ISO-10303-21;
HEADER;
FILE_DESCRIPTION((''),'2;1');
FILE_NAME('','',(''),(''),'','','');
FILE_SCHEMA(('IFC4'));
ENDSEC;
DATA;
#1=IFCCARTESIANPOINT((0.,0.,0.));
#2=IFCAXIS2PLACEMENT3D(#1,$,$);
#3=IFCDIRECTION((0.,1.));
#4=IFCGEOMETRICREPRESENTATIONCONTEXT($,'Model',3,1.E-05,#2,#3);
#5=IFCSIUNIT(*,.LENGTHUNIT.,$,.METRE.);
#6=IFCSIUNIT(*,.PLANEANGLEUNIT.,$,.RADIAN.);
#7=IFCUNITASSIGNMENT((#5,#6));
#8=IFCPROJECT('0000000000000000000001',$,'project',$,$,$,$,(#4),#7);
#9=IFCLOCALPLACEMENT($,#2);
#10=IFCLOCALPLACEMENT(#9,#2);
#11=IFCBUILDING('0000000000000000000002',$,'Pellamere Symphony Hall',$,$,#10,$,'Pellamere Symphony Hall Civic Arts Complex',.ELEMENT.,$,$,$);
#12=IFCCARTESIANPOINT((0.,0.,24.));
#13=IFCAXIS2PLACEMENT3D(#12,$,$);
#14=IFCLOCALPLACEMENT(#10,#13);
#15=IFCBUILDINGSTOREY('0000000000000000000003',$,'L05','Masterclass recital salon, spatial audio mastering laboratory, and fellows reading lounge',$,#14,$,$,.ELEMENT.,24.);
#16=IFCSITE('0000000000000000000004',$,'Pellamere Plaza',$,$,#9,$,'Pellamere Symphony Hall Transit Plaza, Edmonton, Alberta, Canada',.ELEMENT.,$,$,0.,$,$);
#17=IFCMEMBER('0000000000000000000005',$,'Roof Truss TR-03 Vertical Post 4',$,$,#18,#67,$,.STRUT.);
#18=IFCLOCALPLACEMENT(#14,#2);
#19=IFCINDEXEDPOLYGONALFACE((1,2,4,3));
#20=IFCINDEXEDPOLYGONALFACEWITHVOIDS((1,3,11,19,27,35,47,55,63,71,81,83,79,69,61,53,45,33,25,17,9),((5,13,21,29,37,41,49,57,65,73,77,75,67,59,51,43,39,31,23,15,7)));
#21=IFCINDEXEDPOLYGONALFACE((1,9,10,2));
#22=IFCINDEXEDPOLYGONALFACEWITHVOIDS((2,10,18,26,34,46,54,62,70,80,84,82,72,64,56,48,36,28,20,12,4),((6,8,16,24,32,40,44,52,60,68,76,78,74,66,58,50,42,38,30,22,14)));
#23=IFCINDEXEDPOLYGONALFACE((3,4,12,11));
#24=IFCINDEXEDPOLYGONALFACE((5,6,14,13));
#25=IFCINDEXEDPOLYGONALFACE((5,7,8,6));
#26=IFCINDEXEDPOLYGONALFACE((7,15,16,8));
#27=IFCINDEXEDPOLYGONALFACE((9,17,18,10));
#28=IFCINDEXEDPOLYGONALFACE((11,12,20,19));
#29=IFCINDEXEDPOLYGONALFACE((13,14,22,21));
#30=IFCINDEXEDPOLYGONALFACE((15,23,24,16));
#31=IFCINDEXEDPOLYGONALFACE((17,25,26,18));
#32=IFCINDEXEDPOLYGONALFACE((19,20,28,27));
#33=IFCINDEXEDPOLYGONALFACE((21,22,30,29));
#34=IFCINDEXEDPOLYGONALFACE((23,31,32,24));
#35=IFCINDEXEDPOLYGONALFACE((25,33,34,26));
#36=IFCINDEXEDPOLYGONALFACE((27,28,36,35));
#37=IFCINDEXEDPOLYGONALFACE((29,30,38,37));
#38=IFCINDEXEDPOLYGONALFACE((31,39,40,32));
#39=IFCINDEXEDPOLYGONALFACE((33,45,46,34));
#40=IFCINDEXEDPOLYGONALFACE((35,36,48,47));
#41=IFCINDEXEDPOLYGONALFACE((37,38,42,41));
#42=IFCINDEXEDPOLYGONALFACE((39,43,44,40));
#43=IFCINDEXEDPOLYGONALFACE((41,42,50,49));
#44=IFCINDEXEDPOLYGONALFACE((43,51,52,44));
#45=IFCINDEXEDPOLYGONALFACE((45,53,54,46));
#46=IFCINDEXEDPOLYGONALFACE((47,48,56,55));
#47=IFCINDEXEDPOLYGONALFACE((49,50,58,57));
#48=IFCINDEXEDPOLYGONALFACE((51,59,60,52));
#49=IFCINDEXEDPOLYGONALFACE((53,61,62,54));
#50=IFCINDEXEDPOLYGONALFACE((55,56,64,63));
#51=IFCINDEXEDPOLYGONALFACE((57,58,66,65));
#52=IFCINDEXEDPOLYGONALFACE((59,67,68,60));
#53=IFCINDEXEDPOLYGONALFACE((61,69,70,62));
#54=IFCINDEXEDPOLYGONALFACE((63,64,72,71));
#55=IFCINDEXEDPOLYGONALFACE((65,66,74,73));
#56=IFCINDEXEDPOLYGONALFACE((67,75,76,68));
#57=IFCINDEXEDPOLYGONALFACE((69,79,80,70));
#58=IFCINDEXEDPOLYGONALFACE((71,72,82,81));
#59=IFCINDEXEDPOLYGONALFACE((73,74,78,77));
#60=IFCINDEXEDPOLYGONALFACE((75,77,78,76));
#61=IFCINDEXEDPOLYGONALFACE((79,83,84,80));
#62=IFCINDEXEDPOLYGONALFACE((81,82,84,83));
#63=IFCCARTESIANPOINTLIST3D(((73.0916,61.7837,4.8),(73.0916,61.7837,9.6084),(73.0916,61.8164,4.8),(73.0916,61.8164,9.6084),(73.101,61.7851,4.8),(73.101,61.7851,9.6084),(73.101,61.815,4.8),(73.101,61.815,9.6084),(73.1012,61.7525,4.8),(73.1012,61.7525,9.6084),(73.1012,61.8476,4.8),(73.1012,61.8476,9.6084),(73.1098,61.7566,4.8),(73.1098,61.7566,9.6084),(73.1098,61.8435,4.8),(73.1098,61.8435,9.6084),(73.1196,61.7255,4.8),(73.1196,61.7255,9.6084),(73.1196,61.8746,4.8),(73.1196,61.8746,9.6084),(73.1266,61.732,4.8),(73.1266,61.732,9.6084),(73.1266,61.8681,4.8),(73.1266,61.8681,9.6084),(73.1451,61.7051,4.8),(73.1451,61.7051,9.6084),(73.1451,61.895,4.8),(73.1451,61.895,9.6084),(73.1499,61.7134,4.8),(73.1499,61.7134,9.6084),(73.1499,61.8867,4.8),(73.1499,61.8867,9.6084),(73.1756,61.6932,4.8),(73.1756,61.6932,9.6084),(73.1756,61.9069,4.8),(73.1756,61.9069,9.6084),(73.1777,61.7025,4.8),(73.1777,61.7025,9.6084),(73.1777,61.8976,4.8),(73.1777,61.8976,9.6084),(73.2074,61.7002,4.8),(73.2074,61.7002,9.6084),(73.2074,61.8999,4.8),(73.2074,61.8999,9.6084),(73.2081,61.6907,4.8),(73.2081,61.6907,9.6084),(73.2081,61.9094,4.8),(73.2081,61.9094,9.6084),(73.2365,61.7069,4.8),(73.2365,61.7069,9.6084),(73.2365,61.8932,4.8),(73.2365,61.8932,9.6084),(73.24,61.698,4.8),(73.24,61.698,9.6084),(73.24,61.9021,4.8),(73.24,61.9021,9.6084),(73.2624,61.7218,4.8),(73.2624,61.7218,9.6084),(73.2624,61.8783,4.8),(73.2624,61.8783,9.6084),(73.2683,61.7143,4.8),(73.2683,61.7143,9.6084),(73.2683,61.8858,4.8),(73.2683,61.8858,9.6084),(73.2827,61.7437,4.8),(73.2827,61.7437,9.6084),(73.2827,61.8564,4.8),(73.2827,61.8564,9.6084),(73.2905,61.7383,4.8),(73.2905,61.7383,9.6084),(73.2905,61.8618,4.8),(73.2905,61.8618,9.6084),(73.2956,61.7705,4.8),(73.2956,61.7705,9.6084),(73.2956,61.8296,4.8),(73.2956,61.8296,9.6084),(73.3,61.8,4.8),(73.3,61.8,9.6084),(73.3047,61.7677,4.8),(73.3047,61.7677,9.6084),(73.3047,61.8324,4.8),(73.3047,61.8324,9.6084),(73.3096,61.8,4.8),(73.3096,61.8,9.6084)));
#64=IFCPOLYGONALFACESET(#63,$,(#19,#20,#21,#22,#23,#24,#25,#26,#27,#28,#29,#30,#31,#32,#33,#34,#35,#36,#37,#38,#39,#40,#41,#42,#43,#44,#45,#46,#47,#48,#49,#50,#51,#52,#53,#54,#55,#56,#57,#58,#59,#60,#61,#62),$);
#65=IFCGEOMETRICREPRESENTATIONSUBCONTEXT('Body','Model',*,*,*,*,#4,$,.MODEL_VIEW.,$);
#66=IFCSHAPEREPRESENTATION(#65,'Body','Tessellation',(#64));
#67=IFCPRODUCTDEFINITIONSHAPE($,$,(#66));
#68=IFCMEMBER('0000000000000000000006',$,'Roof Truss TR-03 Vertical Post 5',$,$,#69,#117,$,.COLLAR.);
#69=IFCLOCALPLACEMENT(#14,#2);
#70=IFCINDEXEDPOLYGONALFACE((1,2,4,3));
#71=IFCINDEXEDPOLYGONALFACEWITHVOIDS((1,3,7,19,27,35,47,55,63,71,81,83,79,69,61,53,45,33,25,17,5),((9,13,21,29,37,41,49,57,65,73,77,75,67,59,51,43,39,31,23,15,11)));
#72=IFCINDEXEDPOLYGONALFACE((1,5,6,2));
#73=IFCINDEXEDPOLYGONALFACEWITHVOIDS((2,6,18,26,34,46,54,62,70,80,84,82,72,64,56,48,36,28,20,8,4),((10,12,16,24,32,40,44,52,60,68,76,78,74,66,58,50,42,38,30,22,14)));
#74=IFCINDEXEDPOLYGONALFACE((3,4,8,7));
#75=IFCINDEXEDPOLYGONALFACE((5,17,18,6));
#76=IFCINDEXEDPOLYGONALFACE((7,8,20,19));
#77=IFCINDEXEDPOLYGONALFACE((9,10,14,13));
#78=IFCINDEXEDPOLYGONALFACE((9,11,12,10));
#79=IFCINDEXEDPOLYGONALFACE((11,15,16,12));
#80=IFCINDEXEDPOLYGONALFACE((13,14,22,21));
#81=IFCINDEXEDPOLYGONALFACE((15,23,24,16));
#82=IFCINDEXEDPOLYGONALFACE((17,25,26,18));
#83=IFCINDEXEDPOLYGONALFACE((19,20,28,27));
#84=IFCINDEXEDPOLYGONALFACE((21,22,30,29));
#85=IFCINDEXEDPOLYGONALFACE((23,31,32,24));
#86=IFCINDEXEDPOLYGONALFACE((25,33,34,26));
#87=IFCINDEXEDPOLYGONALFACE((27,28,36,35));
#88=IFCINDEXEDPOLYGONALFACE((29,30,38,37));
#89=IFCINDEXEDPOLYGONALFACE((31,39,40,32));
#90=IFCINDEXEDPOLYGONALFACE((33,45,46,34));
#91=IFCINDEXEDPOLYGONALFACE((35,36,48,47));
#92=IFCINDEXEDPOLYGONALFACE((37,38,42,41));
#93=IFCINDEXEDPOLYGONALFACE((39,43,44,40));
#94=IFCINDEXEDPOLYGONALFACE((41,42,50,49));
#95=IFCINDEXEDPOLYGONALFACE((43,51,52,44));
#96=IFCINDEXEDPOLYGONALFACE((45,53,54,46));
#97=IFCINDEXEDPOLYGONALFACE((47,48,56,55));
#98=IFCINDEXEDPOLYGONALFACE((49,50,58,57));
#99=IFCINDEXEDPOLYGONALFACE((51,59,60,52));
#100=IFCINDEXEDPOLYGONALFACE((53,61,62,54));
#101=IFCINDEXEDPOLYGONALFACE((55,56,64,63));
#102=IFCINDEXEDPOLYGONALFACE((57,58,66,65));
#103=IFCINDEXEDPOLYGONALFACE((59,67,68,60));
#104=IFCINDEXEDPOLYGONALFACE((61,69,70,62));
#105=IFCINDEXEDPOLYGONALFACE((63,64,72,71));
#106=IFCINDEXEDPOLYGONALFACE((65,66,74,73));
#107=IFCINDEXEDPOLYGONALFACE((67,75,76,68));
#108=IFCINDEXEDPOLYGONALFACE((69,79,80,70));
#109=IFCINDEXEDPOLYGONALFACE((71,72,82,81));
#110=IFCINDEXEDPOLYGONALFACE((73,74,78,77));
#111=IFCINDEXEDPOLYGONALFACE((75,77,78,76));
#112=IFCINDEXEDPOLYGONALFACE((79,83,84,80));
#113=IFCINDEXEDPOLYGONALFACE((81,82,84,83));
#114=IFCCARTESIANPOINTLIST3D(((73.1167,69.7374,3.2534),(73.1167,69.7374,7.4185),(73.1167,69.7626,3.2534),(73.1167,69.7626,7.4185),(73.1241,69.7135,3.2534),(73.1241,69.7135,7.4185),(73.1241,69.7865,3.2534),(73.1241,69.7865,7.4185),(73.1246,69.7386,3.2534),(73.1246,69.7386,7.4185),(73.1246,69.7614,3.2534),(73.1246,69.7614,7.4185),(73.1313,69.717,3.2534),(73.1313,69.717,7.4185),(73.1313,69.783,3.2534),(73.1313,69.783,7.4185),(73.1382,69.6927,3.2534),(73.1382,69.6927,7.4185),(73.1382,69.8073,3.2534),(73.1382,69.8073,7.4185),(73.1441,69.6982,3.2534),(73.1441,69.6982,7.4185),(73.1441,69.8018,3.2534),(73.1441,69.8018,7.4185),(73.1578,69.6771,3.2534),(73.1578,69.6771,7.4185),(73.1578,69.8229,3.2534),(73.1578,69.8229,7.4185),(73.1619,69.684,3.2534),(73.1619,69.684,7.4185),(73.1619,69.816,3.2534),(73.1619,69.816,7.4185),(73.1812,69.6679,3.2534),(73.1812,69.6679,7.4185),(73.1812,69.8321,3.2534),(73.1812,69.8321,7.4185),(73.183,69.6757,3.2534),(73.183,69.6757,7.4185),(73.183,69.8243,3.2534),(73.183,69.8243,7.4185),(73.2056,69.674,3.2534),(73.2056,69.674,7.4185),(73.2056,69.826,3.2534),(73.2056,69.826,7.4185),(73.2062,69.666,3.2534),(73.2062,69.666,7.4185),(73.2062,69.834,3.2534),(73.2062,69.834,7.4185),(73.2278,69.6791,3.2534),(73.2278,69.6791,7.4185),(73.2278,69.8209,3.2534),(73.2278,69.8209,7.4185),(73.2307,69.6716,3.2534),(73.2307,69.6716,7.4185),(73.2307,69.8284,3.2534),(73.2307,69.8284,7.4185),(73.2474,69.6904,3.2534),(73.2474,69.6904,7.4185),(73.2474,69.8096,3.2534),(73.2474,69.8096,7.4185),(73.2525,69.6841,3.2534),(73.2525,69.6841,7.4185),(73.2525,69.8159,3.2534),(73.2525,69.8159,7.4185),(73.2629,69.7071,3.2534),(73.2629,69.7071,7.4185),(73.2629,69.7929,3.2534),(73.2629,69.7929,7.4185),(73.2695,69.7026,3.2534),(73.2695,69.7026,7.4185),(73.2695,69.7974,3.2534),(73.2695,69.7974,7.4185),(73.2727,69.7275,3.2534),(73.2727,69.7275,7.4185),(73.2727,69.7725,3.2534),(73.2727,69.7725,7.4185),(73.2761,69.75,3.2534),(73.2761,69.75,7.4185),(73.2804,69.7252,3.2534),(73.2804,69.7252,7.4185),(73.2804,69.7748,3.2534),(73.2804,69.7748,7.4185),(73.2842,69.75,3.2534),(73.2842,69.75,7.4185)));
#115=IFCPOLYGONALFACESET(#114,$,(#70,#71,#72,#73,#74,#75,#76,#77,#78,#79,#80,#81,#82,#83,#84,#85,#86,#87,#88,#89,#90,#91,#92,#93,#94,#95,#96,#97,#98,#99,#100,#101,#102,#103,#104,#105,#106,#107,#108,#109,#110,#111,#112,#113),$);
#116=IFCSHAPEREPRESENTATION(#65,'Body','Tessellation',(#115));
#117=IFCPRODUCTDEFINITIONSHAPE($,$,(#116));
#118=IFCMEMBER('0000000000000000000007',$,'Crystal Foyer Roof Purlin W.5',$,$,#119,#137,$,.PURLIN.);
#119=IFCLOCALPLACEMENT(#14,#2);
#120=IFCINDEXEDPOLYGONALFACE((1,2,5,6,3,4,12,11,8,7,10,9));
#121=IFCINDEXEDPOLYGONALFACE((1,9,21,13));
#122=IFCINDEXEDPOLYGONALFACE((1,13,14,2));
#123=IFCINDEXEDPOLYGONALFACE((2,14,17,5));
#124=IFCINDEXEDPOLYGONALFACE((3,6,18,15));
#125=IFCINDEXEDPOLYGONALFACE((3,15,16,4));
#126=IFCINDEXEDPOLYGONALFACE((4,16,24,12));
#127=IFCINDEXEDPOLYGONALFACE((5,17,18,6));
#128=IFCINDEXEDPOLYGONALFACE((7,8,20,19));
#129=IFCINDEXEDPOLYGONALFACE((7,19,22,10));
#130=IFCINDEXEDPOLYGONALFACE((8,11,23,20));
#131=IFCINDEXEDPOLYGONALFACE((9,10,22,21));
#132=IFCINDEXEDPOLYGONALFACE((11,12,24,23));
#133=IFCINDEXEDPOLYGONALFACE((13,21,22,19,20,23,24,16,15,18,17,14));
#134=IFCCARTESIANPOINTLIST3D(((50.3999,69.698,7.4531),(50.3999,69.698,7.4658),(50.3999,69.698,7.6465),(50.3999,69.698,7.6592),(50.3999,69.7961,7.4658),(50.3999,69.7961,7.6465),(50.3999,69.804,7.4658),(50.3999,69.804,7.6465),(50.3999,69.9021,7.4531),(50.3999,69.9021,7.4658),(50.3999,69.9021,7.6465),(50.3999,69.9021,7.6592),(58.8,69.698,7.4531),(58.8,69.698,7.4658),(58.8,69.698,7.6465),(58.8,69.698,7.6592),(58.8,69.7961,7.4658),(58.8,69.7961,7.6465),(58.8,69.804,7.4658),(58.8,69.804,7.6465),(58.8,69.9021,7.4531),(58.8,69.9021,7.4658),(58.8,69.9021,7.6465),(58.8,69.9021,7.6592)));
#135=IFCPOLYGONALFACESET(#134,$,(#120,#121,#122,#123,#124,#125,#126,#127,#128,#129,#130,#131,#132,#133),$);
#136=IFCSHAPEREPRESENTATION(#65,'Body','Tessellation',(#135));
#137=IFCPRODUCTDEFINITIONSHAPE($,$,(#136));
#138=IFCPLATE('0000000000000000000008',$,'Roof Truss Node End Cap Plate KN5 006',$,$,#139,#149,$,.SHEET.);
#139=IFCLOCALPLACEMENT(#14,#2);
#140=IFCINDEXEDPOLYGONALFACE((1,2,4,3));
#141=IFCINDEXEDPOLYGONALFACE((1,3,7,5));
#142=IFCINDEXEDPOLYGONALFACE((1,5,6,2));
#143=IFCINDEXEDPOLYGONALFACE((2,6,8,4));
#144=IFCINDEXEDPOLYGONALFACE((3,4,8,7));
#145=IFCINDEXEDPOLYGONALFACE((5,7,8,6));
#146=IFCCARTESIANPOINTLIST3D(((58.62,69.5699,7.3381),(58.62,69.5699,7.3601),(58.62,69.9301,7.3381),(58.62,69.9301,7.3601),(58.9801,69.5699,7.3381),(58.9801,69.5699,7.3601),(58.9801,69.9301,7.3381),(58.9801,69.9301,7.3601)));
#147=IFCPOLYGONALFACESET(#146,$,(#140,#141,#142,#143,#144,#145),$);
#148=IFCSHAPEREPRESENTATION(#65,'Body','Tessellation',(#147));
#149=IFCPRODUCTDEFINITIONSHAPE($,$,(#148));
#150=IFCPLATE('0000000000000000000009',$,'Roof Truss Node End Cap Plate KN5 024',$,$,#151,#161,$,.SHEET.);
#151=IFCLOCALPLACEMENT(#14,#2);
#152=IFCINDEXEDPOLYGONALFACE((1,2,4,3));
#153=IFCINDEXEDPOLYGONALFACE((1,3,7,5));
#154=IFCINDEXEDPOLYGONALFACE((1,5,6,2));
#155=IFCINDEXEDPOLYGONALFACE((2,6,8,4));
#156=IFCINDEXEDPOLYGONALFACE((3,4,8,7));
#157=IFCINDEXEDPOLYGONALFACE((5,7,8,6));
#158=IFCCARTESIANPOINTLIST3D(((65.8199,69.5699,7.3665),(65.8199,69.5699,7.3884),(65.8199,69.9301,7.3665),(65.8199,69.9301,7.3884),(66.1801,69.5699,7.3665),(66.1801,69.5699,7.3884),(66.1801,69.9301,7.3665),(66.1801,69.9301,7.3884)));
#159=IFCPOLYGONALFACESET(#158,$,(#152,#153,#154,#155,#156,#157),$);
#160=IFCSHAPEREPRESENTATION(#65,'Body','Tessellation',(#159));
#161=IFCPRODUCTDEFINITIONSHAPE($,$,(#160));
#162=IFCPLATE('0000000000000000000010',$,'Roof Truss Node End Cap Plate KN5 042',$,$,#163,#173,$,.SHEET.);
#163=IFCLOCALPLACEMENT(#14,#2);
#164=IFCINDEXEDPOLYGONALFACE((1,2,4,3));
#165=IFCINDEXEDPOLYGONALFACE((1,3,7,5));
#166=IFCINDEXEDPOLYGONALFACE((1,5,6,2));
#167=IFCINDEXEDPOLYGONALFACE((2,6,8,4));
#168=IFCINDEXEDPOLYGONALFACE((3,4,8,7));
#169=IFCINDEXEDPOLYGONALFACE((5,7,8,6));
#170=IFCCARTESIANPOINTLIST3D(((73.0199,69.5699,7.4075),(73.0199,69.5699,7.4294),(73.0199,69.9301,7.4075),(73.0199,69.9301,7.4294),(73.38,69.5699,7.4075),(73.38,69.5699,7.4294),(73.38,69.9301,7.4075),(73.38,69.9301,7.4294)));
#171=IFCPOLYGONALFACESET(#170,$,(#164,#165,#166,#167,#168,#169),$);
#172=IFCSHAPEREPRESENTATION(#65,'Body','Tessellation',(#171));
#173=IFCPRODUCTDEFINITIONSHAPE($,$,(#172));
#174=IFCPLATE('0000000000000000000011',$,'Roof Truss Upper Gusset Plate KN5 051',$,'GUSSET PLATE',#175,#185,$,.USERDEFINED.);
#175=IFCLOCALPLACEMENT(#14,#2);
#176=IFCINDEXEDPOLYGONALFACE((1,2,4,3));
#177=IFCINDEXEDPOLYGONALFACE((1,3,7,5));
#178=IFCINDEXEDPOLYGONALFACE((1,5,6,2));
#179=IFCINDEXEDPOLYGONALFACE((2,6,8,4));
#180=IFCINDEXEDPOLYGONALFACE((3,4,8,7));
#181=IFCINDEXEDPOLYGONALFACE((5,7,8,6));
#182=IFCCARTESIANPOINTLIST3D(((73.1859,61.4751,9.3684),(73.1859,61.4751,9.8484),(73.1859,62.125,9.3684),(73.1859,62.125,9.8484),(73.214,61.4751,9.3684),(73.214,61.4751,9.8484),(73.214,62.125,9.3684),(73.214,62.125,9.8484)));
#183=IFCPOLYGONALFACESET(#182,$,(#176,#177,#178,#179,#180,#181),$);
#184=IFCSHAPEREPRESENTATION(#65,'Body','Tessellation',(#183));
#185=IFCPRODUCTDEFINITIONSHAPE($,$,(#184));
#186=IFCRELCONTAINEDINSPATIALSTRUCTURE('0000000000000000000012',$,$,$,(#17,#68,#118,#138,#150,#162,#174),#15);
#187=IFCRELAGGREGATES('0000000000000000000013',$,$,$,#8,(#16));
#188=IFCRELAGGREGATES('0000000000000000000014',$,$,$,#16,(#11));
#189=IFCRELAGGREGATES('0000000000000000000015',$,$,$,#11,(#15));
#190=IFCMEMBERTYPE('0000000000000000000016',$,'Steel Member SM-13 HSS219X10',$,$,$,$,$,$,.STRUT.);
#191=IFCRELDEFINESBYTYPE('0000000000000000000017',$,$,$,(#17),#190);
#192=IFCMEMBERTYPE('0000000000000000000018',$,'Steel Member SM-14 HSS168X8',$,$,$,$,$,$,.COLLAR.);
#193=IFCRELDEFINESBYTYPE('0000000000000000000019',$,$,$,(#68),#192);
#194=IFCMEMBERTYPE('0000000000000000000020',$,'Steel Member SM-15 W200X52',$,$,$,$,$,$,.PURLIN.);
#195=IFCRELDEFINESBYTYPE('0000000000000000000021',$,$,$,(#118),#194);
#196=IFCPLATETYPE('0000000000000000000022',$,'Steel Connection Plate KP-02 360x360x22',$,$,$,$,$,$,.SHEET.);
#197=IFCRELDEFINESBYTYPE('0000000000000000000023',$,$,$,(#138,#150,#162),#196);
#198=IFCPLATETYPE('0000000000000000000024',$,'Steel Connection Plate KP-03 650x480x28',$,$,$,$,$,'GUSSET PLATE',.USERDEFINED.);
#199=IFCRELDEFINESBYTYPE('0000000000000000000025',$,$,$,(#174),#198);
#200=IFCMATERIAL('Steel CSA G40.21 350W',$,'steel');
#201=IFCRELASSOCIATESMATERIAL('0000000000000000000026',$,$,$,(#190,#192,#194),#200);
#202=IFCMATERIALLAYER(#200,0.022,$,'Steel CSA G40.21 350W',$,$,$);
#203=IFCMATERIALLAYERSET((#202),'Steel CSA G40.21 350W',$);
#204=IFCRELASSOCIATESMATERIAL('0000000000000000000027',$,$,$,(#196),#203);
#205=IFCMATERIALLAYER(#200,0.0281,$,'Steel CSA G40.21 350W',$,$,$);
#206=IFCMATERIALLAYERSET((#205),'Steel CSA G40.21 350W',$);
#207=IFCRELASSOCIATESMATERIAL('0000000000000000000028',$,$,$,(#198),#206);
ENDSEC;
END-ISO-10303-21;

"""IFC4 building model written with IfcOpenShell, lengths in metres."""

from ifc_helpers import new_model, si_unit, direction, frame, origin, origin_2d, place, context, subcontext, project, spatial, rectangle, hollow_circle, i_section, extrude, material, layer, layer_set, material_profile, profile_set, type_object, element, save


model = new_model("IFC4")

# Units and contexts
model_context = context("Model", 3, precision=1e-05, world=origin(), true_north=direction((0.0, 1.0)))
body_context = subcontext(model_context, "Body", "Model", "MODEL_VIEW")
ifc_project = project(units=[si_unit("LENGTHUNIT", "METRE"), si_unit("PLANEANGLEUNIT", "RADIAN")], contexts=[model_context])

# Site, building, storey
site_placement = place(None, origin())
site = spatial("IfcSite", under=ifc_project, at=site_placement, Name="Pellamere Plaza", LongName="Pellamere Symphony Hall Transit Plaza, Edmonton, Alberta, Canada", CompositionType="ELEMENT", RefElevation=0.0)
building_placement = place(site_placement, origin())
building = spatial("IfcBuilding", under=site, at=building_placement, Name="Pellamere Symphony Hall", LongName="Pellamere Symphony Hall Civic Arts Complex", CompositionType="ELEMENT")
storey_placement = place(building_placement, frame((0.0, 0.0, 24.0)))
storey = spatial("IfcBuildingStorey", under=building, at=storey_placement, Name="L05", Description="Masterclass recital salon, spatial audio mastering laboratory, and fellows reading lounge", CompositionType="ELEMENT", Elevation=24.0)

# Shared definitions
ifc_material_1 = material(Name="Steel CSA G40.21 350W", Category="steel")

# Members
ifc_material_profile_1 = material_profile(ifc_material_1, hollow_circle(Radius=0.1096, WallThickness=0.0095, at=origin_2d()), Name="HSS219X10")
ifc_profile_set_1 = profile_set([ifc_material_profile_1], Name="Steel CSA G40.21 350W")
member_type_1 = type_object("IfcMemberType", Name="Steel Member SM-13 HSS219X10", PredefinedType="STRUT", material=ifc_profile_set_1)
member_1_placement = place(storey_placement, frame((73.2, 61.8, 4.8), z_axis=(0.0, 0.0, 1.0), x_axis=(1.0, 0.0, 0.0)))
element("IfcMember", 1, at=member_1_placement, inside=storey, type_object=member_type_1, Name="Roof Truss TR-03 Vertical Post 4", PredefinedType="STRUT", context=body_context, shape_type="SweptSolid", body=[
    extrude(hollow_circle(Radius=0.1096, WallThickness=0.0095, at=origin_2d()), origin(), (0.0, 0.0, 1.0), 4.8083),
])
ifc_material_profile_2 = material_profile(ifc_material_1, hollow_circle(Radius=0.0842, WallThickness=0.0081, at=origin_2d()), Name="HSS168X8")
ifc_profile_set_2 = profile_set([ifc_material_profile_2], Name="Steel CSA G40.21 350W")
member_type_2 = type_object("IfcMemberType", Name="Steel Member SM-14 HSS168X8", PredefinedType="COLLAR", material=ifc_profile_set_2)
member_2_placement = place(storey_placement, frame((73.2, 69.75, 3.2534), z_axis=(0.0, 0.0, 1.0), x_axis=(1.0, 0.0, 0.0)))
element("IfcMember", 2, at=member_2_placement, inside=storey, type_object=member_type_2, Name="Roof Truss TR-03 Vertical Post 5", PredefinedType="COLLAR", context=body_context, shape_type="SweptSolid", body=[
    extrude(hollow_circle(Radius=0.0842, WallThickness=0.0081, at=origin_2d()), origin(), (0.0, 0.0, 1.0), 4.165),
])
ifc_material_profile_3 = material_profile(ifc_material_1, i_section(OverallWidth=0.2041, OverallDepth=0.2061, WebThickness=0.0078, FlangeThickness=0.0127, at=origin_2d()), Name="W200X52")
ifc_profile_set_3 = profile_set([ifc_material_profile_3], Name="Steel CSA G40.21 350W")
member_type_3 = type_object("IfcMemberType", Name="Steel Member SM-15 W200X52", PredefinedType="PURLIN", material=ifc_profile_set_3)
member_3_placement = place(storey_placement, frame((50.3999, 69.8, 7.5562), z_axis=(1.0, 0.0, 0.0), x_axis=(0.0, 1.0, 0.0)))
element("IfcMember", 3, at=member_3_placement, inside=storey, type_object=member_type_3, Name="Crystal Foyer Roof Purlin W.5", PredefinedType="PURLIN", context=body_context, shape_type="SweptSolid", body=[
    extrude(i_section(OverallWidth=0.2041, OverallDepth=0.2061, WebThickness=0.0078, FlangeThickness=0.0127, at=origin_2d()), origin(), (0.0, 0.0, 1.0), 8.4001),
])

# Plates
ifc_layer_1 = layer(ifc_material_1, 0.022, Name="Steel CSA G40.21 350W")
ifc_layer_set_1 = layer_set([ifc_layer_1], Name="Steel CSA G40.21 350W")
plate_type_1 = type_object("IfcPlateType", Name="Steel Connection Plate KP-02 360x360x22", PredefinedType="SHEET", material=ifc_layer_set_1)
for number, where, z_axis, x_axis, name in (
    (4, (58.8, 69.75, 7.3381), (0.0, 0.0, 1.0), (1.0, 0.0, 0.0), "Roof Truss Node End Cap Plate KN5 006"),
    (5, (66.0, 69.75, 7.3665), (0.0, 0.0, 1.0), (1.0, 0.0, 0.0), "Roof Truss Node End Cap Plate KN5 024"),
    (6, (73.2, 69.75, 7.4075), (0.0, 0.0, 1.0), (1.0, 0.0, 0.0), "Roof Truss Node End Cap Plate KN5 042"),
):
    element("IfcPlate", number, at=place(storey_placement, frame(where, z_axis=z_axis, x_axis=x_axis)), inside=storey, type_object=plate_type_1, Name=name, PredefinedType="SHEET", context=body_context, shape_type="SweptSolid", body=[
        extrude(rectangle(XDim=0.3601, YDim=0.3601, at=origin_2d()), origin(), (0.0, 0.0, 1.0), 0.022),
    ])
ifc_layer_2 = layer(ifc_material_1, 0.0281, Name="Steel CSA G40.21 350W")
ifc_layer_set_2 = layer_set([ifc_layer_2], Name="Steel CSA G40.21 350W")
plate_type_2 = type_object("IfcPlateType", Name="Steel Connection Plate KP-03 650x480x28", ElementType="GUSSET PLATE", PredefinedType="USERDEFINED", material=ifc_layer_set_2)
plate_placement = place(storey_placement, frame((73.2, 61.8, 9.3684), z_axis=(0.0, 0.0, 1.0), x_axis=(1.0, 0.0, 0.0)))
element("IfcPlate", 7, at=plate_placement, inside=storey, type_object=plate_type_2, Name="Roof Truss Upper Gusset Plate KN5 051", ObjectType="GUSSET PLATE", PredefinedType="USERDEFINED", context=body_context, shape_type="SweptSolid", body=[
    extrude(rectangle(XDim=0.0281, YDim=0.6499, at=origin_2d()), origin(), (0.0, 0.0, 1.0), 0.48),
])

save(model, "model.ifc")
